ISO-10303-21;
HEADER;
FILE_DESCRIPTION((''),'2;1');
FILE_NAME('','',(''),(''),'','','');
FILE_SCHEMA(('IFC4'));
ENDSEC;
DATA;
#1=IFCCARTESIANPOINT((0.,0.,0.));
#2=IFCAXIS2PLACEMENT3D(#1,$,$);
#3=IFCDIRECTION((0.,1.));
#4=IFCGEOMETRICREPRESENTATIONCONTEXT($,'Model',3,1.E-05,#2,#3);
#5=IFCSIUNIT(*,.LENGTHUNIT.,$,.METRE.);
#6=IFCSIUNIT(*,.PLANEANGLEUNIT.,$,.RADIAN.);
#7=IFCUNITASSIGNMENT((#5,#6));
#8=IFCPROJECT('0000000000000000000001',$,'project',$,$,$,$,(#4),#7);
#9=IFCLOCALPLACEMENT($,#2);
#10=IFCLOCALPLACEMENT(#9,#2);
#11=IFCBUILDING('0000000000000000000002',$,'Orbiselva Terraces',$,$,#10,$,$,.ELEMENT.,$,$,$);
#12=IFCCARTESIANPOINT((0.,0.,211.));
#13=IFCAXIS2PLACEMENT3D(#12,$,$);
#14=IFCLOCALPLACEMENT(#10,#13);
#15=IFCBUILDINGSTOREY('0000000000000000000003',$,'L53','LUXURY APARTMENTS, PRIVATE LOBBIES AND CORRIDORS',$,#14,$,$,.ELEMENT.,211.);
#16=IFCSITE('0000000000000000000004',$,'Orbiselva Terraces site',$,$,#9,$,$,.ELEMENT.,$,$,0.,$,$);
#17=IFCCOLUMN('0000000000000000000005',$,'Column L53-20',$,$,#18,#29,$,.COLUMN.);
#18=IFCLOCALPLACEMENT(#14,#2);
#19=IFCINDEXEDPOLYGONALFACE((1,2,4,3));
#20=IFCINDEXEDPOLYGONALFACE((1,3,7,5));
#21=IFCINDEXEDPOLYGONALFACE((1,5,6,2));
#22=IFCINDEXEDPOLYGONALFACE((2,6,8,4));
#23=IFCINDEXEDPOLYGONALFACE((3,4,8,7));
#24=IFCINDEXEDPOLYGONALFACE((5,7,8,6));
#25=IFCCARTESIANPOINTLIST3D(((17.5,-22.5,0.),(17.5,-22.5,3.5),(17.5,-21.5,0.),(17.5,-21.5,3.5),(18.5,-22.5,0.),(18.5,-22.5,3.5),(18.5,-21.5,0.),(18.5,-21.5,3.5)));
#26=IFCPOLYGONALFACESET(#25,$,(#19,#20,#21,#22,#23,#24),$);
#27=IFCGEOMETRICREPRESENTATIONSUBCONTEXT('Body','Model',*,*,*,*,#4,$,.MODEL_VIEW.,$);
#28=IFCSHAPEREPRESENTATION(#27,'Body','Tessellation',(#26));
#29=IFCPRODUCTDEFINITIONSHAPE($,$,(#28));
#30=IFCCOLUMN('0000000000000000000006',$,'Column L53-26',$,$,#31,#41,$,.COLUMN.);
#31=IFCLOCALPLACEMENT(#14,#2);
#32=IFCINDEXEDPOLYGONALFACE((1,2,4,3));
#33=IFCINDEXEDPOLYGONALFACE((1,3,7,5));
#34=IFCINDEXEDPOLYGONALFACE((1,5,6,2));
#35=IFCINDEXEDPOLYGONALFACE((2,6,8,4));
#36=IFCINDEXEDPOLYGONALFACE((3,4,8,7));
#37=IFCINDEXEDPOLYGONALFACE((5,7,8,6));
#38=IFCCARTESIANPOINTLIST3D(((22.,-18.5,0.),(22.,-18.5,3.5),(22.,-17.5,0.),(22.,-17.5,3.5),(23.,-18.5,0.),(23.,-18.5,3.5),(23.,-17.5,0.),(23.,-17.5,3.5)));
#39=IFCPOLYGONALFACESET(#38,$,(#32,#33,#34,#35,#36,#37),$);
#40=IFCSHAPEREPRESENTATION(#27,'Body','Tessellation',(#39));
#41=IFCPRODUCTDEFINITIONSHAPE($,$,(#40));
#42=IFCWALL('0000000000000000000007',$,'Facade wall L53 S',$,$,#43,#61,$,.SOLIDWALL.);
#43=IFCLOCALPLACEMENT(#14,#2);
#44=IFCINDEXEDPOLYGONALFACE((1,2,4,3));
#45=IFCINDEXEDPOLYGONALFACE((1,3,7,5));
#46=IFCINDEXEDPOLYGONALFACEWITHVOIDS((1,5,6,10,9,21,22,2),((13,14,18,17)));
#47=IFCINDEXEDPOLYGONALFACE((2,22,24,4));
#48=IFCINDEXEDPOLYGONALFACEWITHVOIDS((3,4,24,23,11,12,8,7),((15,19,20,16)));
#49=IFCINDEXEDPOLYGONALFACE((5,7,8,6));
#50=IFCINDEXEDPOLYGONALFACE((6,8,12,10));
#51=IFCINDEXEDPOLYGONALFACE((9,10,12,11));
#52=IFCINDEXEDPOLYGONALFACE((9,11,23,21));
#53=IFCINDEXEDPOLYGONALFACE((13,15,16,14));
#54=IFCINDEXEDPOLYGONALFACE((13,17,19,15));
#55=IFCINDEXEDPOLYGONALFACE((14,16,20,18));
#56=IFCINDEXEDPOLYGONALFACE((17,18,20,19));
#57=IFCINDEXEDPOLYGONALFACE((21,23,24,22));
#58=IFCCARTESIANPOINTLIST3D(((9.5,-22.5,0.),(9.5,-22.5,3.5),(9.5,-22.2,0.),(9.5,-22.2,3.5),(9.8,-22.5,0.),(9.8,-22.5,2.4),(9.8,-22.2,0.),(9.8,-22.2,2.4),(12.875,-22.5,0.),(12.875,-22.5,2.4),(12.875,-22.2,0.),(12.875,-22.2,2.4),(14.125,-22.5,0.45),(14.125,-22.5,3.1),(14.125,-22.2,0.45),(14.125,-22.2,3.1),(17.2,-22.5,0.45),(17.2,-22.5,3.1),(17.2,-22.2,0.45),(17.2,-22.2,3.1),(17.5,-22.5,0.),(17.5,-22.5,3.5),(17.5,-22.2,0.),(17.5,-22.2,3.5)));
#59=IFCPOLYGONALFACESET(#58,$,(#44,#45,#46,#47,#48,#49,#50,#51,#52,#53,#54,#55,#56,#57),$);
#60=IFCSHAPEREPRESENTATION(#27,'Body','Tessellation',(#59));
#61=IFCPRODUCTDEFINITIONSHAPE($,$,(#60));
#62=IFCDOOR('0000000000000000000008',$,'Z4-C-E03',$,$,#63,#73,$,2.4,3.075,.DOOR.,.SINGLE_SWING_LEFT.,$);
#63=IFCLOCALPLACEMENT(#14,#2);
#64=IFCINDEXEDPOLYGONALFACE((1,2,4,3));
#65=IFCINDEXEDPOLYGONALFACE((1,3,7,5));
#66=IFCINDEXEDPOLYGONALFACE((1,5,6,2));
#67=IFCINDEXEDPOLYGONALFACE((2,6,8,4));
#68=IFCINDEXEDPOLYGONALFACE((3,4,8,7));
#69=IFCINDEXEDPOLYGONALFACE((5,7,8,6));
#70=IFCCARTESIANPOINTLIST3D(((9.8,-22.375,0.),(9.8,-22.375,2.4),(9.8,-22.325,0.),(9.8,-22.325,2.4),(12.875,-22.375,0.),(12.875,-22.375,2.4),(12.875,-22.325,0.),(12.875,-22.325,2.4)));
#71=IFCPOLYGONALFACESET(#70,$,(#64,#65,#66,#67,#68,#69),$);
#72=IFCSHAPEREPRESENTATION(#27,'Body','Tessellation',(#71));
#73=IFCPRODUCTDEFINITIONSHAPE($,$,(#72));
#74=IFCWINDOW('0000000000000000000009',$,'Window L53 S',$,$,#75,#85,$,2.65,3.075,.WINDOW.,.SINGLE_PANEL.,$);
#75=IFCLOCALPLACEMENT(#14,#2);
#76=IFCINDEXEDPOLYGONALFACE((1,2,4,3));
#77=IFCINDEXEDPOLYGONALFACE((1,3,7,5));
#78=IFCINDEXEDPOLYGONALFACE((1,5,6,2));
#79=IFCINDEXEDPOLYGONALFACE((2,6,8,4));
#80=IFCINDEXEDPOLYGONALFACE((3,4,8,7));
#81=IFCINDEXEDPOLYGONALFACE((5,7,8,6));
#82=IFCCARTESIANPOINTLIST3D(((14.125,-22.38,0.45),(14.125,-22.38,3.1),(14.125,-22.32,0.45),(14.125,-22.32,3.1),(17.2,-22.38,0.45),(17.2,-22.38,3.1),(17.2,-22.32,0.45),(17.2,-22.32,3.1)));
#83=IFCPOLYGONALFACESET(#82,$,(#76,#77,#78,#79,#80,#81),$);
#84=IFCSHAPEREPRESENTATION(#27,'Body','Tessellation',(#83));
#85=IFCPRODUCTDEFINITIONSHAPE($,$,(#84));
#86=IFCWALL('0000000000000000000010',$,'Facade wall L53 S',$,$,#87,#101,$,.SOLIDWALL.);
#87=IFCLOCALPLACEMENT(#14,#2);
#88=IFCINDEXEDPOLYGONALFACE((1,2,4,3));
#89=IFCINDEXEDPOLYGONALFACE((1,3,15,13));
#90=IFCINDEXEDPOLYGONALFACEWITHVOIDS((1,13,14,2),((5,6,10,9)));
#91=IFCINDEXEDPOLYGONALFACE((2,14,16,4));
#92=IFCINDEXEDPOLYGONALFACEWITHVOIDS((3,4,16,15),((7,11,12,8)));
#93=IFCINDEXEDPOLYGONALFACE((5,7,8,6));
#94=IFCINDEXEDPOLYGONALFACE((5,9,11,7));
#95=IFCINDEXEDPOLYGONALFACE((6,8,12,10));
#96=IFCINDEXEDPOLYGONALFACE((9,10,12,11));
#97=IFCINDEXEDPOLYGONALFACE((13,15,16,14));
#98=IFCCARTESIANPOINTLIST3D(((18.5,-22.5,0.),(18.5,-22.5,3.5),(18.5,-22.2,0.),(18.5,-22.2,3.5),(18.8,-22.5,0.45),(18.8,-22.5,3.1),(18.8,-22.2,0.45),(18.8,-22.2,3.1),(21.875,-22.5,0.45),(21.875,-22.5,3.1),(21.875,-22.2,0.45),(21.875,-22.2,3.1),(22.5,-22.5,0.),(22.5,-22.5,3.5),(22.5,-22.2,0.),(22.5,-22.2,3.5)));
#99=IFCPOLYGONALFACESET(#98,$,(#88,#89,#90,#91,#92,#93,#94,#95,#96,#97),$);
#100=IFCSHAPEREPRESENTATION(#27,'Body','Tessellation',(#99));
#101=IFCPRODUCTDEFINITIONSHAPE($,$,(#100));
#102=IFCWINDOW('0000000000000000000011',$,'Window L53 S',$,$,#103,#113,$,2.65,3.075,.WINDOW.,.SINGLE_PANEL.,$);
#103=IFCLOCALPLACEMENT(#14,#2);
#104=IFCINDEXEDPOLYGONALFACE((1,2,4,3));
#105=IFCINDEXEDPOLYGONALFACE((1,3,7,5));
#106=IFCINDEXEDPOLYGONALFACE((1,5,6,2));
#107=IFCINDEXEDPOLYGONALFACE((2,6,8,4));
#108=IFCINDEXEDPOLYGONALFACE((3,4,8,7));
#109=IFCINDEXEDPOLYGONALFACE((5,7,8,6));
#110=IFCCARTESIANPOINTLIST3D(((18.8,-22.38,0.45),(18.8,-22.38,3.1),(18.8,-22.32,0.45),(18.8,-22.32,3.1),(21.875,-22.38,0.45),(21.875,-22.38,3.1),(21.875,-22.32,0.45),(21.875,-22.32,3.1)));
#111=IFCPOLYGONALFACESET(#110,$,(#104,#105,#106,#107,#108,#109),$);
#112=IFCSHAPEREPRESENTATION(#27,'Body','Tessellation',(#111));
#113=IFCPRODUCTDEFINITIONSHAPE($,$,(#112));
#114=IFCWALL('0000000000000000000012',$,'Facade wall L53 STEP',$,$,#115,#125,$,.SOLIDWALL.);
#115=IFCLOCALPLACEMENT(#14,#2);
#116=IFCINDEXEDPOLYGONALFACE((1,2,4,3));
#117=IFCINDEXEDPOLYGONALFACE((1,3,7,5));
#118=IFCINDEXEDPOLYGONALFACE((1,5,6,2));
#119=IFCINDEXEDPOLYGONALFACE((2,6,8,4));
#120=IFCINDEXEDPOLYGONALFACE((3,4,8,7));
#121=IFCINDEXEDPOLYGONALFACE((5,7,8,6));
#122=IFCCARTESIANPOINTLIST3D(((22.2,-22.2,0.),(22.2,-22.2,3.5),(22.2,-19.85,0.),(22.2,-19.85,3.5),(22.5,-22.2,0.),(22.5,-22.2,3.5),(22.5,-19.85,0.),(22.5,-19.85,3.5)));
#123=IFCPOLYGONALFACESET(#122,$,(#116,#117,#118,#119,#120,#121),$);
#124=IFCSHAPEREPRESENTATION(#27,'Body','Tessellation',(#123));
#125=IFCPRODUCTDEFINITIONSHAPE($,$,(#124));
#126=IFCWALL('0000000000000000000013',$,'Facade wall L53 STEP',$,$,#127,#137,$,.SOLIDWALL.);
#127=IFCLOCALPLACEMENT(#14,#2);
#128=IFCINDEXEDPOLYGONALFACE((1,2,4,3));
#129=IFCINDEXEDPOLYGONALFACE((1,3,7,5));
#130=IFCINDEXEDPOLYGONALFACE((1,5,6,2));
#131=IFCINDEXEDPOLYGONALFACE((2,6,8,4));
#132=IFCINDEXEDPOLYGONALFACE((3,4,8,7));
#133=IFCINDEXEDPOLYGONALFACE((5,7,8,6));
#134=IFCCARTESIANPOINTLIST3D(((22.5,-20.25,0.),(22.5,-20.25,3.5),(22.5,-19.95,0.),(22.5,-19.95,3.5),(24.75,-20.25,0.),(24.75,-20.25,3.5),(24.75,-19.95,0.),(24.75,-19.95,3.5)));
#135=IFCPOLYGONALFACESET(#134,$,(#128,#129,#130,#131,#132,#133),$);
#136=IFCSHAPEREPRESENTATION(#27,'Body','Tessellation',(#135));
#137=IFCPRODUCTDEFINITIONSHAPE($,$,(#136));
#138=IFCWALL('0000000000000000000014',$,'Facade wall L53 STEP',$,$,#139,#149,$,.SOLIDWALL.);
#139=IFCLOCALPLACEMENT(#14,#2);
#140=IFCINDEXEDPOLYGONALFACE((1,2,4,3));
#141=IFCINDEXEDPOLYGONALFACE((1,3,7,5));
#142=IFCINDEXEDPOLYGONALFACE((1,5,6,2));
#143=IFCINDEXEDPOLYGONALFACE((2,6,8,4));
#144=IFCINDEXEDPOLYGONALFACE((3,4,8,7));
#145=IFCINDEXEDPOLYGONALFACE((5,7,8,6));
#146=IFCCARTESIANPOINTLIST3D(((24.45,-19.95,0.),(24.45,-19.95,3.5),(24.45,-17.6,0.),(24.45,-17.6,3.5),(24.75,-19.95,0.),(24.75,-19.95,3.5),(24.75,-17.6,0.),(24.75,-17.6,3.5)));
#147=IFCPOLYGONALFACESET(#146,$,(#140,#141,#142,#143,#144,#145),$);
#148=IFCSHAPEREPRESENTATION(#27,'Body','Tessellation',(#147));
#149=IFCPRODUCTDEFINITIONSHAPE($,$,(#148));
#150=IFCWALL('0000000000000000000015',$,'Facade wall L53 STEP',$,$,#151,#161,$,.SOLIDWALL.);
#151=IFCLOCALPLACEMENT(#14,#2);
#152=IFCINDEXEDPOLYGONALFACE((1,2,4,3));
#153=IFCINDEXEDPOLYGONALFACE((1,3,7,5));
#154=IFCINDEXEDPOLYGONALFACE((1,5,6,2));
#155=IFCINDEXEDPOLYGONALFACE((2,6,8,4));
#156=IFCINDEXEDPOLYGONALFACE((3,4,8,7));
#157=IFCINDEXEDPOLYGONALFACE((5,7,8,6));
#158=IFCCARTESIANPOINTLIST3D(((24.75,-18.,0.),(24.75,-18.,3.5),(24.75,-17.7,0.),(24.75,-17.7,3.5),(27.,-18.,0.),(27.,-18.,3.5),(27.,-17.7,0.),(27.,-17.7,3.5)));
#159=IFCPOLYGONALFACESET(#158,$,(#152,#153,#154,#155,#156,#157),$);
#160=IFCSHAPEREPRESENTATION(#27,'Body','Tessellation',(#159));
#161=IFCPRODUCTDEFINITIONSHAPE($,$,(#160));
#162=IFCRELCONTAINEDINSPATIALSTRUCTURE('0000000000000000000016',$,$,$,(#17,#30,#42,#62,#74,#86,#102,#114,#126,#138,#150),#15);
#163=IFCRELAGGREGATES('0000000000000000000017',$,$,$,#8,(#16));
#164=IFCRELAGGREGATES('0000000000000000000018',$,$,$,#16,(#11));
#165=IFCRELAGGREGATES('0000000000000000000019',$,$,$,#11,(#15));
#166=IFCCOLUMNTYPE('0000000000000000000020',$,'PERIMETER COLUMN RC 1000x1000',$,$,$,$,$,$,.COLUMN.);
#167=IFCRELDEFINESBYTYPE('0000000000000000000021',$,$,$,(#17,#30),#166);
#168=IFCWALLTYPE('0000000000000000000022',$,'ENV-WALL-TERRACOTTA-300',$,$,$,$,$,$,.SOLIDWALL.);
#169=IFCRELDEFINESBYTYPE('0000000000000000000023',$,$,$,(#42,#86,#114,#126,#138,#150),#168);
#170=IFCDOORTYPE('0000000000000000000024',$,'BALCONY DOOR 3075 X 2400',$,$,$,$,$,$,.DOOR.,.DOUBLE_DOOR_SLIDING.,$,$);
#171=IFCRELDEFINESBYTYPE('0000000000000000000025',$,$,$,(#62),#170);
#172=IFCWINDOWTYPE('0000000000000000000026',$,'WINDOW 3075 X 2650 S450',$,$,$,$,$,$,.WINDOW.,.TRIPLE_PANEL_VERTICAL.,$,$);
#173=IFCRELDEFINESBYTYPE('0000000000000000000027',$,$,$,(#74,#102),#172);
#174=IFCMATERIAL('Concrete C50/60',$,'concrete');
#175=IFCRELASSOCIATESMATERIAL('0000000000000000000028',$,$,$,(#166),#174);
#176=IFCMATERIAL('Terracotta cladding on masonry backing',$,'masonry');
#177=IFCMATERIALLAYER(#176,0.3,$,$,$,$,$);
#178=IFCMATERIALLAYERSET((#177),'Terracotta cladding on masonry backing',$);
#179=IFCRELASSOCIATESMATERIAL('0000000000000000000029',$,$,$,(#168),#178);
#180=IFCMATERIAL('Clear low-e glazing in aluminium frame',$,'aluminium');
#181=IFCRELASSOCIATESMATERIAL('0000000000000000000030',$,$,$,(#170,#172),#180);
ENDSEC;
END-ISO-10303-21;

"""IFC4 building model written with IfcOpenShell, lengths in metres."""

from ifc_helpers import new_model, si_unit, direction, frame, frame_2d, origin, origin_2d, place, context, subcontext, project, spatial, rectangle, extrude, material, layer, layer_set, material_profile, profile_set, type_object, element, fill, save


model = new_model("IFC4")

# Units and contexts
model_context = context("Model", 3, precision=1e-05, world=origin(), true_north=direction((0.0, 1.0)))
body_context = subcontext(model_context, "Body", "Model", "MODEL_VIEW")
ifc_project = project(units=[si_unit("LENGTHUNIT", "METRE"), si_unit("PLANEANGLEUNIT", "RADIAN")], contexts=[model_context])

# Site, building, storey
site_placement = place(None, origin())
site = spatial("IfcSite", under=ifc_project, at=site_placement, Name="Orbiselva Terraces site", CompositionType="ELEMENT", RefElevation=0.0)
building_placement = place(site_placement, origin())
building = spatial("IfcBuilding", under=site, at=building_placement, Name="Orbiselva Terraces", CompositionType="ELEMENT")
storey_placement = place(building_placement, frame((0.0, 0.0, 211.0)))
storey = spatial("IfcBuildingStorey", under=building, at=storey_placement, Name="L53", Description="LUXURY APARTMENTS, PRIVATE LOBBIES AND CORRIDORS", CompositionType="ELEMENT", Elevation=211.0)

# Columns
ifc_material_1 = material(Name="Concrete C50/60", Category="concrete")
ifc_material_profile = material_profile(ifc_material_1, rectangle(XDim=1.0, YDim=1.0, at=origin_2d()), Name="RC 1000x1000")
ifc_profile_set = profile_set([ifc_material_profile], Name="Concrete C50/60")
column_type = type_object("IfcColumnType", Name="PERIMETER COLUMN RC 1000x1000", PredefinedType="COLUMN", material=ifc_profile_set)
for number, where, z_axis, x_axis, name in (
    (1, (18.0, -22.0, 0.0), (0.0, 0.0, 1.0), (1.0, 0.0, 0.0), "Column L53-20"),
    (2, (22.5, -18.0, 0.0), (0.0, 0.0, 1.0), (1.0, 0.0, 0.0), "Column L53-26"),
):
    element("IfcColumn", number, at=place(storey_placement, frame(where, z_axis=z_axis, x_axis=x_axis)), inside=storey, type_object=column_type, Name=name, PredefinedType="COLUMN", context=body_context, shape_type="SweptSolid", body=[
        extrude(rectangle(XDim=1.0, YDim=1.0, at=origin_2d()), origin(), (0.0, 0.0, 1.0), 3.5),
    ])

# Wall, openings, door, window
ifc_material_2 = material(Name="Terracotta cladding on masonry backing", Category="masonry")
ifc_layer_1 = layer(ifc_material_2, 0.3)
ifc_layer_set_1 = layer_set([ifc_layer_1], Name="Terracotta cladding on masonry backing")
wall_type_1 = type_object("IfcWallType", Name="ENV-WALL-TERRACOTTA-300", PredefinedType="SOLIDWALL", material=ifc_layer_set_1)
wall_1_placement = place(storey_placement, frame((17.5, -22.35, 0.0), z_axis=(0.0, 0.0, 1.0), x_axis=(-1.0, 0.0, 0.0)))
wall_1 = element("IfcWall", 3, at=wall_1_placement, inside=storey, type_object=wall_type_1, Name="Facade wall L53 S", PredefinedType="SOLIDWALL", context=body_context, shape_type="SweptSolid", body=[
    extrude(rectangle(XDim=8.0, YDim=0.3, at=frame_2d((4.0, 0.0))), origin(), (0.0, 0.0, 1.0), 3.5),
])
opening_1_placement = place(wall_1_placement, frame((4.625, 0.0, 0.0)))
opening_1 = element("IfcOpeningElement", 4, at=opening_1_placement, cuts=wall_1, PredefinedType="OPENING", context=body_context, shape_type="SweptSolid", body=[
    extrude(rectangle(XDim=3.075, YDim=2.4, at=frame_2d((1.5375, 1.2))), frame((0.0, 0.16, 0.0), z_axis=(0.0, -1.0, 0.0), x_axis=(1.0, 0.0, 0.0)), (0.0, 0.0, 1.0), 0.32),
])
opening_2_placement = place(wall_1_placement, frame((0.3, 0.0, 0.45)))
opening_2 = element("IfcOpeningElement", 5, at=opening_2_placement, cuts=wall_1, PredefinedType="OPENING", context=body_context, shape_type="SweptSolid", body=[
    extrude(rectangle(XDim=3.075, YDim=2.65, at=frame_2d((1.5375, 1.325))), frame((0.0, 0.16, 0.0), z_axis=(0.0, -1.0, 0.0), x_axis=(1.0, 0.0, 0.0)), (0.0, 0.0, 1.0), 0.32),
])
ifc_material_3 = material(Name="Clear low-e glazing in aluminium frame", Category="aluminium")
door_type_1 = type_object("IfcDoorType", Name="BALCONY DOOR 3075 X 2400", OperationType="DOUBLE_DOOR_SLIDING", PredefinedType="DOOR", material=ifc_material_3)
door_1_placement = place(opening_1_placement, origin())
door_1 = element("IfcDoor", 6, at=door_1_placement, inside=storey, type_object=door_type_1, Name="Z4-C-E03", OperationType="SINGLE_SWING_LEFT", OverallHeight=2.4, OverallWidth=3.075, PredefinedType="DOOR", context=body_context, shape_type="SweptSolid", body=[
    extrude(rectangle(XDim=3.075, YDim=2.4, at=frame_2d((1.5375, 1.2))), frame((0.0, 0.025, 0.0), z_axis=(0.0, -1.0, 0.0), x_axis=(1.0, 0.0, 0.0)), (0.0, 0.0, 1.0), 0.05),
])
fill(opening_1, door_1)
window_type = type_object("IfcWindowType", Name="WINDOW 3075 X 2650 S450", PartitioningType="TRIPLE_PANEL_VERTICAL", PredefinedType="WINDOW", material=ifc_material_3)
window_1_placement = place(opening_2_placement, origin())
window_1 = element("IfcWindow", 7, at=window_1_placement, inside=storey, type_object=window_type, Name="Window L53 S", OverallHeight=2.65, OverallWidth=3.075, PartitioningType="SINGLE_PANEL", PredefinedType="WINDOW", context=body_context, shape_type="SweptSolid", body=[
    extrude(rectangle(XDim=3.075, YDim=2.65, at=frame_2d((1.5375, 1.325))), frame((0.0, 0.03, 0.0), z_axis=(0.0, -1.0, 0.0), x_axis=(1.0, 0.0, 0.0)), (0.0, 0.0, 1.0), 0.06),
])
fill(opening_2, window_1)

# Wall, opening, window
wall_2_placement = place(storey_placement, frame((22.5, -22.35, 0.0), z_axis=(0.0, 0.0, 1.0), x_axis=(-1.0, 0.0, 0.0)))
wall_2 = element("IfcWall", 8, at=wall_2_placement, inside=storey, type_object=wall_type_1, Name="Facade wall L53 S", PredefinedType="SOLIDWALL", context=body_context, shape_type="SweptSolid", body=[
    extrude(rectangle(XDim=4.0, YDim=0.3, at=frame_2d((2.0, 0.0))), origin(), (0.0, 0.0, 1.0), 3.5),
])
opening_3_placement = place(wall_2_placement, frame((0.625, 0.0, 0.45)))
opening_3 = element("IfcOpeningElement", 9, at=opening_3_placement, cuts=wall_2, PredefinedType="OPENING", context=body_context, shape_type="SweptSolid", body=[
    extrude(rectangle(XDim=3.075, YDim=2.65, at=frame_2d((1.5375, 1.325))), frame((0.0, 0.16, 0.0), z_axis=(0.0, -1.0, 0.0), x_axis=(1.0, 0.0, 0.0)), (0.0, 0.0, 1.0), 0.32),
])
window_2_placement = place(opening_3_placement, origin())
window_2 = element("IfcWindow", 10, at=window_2_placement, inside=storey, type_object=window_type, Name="Window L53 S", OverallHeight=2.65, OverallWidth=3.075, PartitioningType="SINGLE_PANEL", PredefinedType="WINDOW", context=body_context, shape_type="SweptSolid", body=[
    extrude(rectangle(XDim=3.075, YDim=2.65, at=frame_2d((1.5375, 1.325))), frame((0.0, 0.03, 0.0), z_axis=(0.0, -1.0, 0.0), x_axis=(1.0, 0.0, 0.0)), (0.0, 0.0, 1.0), 0.06),
])
fill(opening_3, window_2)

# Walls
wall_3_placement = place(storey_placement, frame((22.35, -19.85, 0.0), z_axis=(0.0, 0.0, 1.0), x_axis=(0.0, -1.0, 0.0)))
element("IfcWall", 11, at=wall_3_placement, inside=storey, type_object=wall_type_1, Name="Facade wall L53 STEP", PredefinedType="SOLIDWALL", context=body_context, shape_type="SweptSolid", body=[
    extrude(rectangle(XDim=2.35, YDim=0.3, at=frame_2d((1.175, 0.0))), origin(), (0.0, 0.0, 1.0), 3.5),
])
wall_4_placement = place(storey_placement, frame((24.75, -20.1, 0.0), z_axis=(0.0, 0.0, 1.0), x_axis=(-1.0, 0.0, 0.0)))
element("IfcWall", 12, at=wall_4_placement, inside=storey, type_object=wall_type_1, Name="Facade wall L53 STEP", PredefinedType="SOLIDWALL", context=body_context, shape_type="SweptSolid", body=[
    extrude(rectangle(XDim=2.25, YDim=0.3, at=frame_2d((1.125, 0.0))), origin(), (0.0, 0.0, 1.0), 3.5),
])
wall_5_placement = place(storey_placement, frame((24.6, -17.6, 0.0), z_axis=(0.0, 0.0, 1.0), x_axis=(0.0, -1.0, 0.0)))
element("IfcWall", 13, at=wall_5_placement, inside=storey, type_object=wall_type_1, Name="Facade wall L53 STEP", PredefinedType="SOLIDWALL", context=body_context, shape_type="SweptSolid", body=[
    extrude(rectangle(XDim=2.35, YDim=0.3, at=frame_2d((1.175, 0.0))), origin(), (0.0, 0.0, 1.0), 3.5),
])
wall_6_placement = place(storey_placement, frame((27.0, -17.85, 0.0), z_axis=(0.0, 0.0, 1.0), x_axis=(-1.0, 0.0, 0.0)))
element("IfcWall", 14, at=wall_6_placement, inside=storey, type_object=wall_type_1, Name="Facade wall L53 STEP", PredefinedType="SOLIDWALL", context=body_context, shape_type="SweptSolid", body=[
    extrude(rectangle(XDim=2.25, YDim=0.3, at=frame_2d((1.125, 0.0))), origin(), (0.0, 0.0, 1.0), 3.5),
])

save(model, "model.ifc")
